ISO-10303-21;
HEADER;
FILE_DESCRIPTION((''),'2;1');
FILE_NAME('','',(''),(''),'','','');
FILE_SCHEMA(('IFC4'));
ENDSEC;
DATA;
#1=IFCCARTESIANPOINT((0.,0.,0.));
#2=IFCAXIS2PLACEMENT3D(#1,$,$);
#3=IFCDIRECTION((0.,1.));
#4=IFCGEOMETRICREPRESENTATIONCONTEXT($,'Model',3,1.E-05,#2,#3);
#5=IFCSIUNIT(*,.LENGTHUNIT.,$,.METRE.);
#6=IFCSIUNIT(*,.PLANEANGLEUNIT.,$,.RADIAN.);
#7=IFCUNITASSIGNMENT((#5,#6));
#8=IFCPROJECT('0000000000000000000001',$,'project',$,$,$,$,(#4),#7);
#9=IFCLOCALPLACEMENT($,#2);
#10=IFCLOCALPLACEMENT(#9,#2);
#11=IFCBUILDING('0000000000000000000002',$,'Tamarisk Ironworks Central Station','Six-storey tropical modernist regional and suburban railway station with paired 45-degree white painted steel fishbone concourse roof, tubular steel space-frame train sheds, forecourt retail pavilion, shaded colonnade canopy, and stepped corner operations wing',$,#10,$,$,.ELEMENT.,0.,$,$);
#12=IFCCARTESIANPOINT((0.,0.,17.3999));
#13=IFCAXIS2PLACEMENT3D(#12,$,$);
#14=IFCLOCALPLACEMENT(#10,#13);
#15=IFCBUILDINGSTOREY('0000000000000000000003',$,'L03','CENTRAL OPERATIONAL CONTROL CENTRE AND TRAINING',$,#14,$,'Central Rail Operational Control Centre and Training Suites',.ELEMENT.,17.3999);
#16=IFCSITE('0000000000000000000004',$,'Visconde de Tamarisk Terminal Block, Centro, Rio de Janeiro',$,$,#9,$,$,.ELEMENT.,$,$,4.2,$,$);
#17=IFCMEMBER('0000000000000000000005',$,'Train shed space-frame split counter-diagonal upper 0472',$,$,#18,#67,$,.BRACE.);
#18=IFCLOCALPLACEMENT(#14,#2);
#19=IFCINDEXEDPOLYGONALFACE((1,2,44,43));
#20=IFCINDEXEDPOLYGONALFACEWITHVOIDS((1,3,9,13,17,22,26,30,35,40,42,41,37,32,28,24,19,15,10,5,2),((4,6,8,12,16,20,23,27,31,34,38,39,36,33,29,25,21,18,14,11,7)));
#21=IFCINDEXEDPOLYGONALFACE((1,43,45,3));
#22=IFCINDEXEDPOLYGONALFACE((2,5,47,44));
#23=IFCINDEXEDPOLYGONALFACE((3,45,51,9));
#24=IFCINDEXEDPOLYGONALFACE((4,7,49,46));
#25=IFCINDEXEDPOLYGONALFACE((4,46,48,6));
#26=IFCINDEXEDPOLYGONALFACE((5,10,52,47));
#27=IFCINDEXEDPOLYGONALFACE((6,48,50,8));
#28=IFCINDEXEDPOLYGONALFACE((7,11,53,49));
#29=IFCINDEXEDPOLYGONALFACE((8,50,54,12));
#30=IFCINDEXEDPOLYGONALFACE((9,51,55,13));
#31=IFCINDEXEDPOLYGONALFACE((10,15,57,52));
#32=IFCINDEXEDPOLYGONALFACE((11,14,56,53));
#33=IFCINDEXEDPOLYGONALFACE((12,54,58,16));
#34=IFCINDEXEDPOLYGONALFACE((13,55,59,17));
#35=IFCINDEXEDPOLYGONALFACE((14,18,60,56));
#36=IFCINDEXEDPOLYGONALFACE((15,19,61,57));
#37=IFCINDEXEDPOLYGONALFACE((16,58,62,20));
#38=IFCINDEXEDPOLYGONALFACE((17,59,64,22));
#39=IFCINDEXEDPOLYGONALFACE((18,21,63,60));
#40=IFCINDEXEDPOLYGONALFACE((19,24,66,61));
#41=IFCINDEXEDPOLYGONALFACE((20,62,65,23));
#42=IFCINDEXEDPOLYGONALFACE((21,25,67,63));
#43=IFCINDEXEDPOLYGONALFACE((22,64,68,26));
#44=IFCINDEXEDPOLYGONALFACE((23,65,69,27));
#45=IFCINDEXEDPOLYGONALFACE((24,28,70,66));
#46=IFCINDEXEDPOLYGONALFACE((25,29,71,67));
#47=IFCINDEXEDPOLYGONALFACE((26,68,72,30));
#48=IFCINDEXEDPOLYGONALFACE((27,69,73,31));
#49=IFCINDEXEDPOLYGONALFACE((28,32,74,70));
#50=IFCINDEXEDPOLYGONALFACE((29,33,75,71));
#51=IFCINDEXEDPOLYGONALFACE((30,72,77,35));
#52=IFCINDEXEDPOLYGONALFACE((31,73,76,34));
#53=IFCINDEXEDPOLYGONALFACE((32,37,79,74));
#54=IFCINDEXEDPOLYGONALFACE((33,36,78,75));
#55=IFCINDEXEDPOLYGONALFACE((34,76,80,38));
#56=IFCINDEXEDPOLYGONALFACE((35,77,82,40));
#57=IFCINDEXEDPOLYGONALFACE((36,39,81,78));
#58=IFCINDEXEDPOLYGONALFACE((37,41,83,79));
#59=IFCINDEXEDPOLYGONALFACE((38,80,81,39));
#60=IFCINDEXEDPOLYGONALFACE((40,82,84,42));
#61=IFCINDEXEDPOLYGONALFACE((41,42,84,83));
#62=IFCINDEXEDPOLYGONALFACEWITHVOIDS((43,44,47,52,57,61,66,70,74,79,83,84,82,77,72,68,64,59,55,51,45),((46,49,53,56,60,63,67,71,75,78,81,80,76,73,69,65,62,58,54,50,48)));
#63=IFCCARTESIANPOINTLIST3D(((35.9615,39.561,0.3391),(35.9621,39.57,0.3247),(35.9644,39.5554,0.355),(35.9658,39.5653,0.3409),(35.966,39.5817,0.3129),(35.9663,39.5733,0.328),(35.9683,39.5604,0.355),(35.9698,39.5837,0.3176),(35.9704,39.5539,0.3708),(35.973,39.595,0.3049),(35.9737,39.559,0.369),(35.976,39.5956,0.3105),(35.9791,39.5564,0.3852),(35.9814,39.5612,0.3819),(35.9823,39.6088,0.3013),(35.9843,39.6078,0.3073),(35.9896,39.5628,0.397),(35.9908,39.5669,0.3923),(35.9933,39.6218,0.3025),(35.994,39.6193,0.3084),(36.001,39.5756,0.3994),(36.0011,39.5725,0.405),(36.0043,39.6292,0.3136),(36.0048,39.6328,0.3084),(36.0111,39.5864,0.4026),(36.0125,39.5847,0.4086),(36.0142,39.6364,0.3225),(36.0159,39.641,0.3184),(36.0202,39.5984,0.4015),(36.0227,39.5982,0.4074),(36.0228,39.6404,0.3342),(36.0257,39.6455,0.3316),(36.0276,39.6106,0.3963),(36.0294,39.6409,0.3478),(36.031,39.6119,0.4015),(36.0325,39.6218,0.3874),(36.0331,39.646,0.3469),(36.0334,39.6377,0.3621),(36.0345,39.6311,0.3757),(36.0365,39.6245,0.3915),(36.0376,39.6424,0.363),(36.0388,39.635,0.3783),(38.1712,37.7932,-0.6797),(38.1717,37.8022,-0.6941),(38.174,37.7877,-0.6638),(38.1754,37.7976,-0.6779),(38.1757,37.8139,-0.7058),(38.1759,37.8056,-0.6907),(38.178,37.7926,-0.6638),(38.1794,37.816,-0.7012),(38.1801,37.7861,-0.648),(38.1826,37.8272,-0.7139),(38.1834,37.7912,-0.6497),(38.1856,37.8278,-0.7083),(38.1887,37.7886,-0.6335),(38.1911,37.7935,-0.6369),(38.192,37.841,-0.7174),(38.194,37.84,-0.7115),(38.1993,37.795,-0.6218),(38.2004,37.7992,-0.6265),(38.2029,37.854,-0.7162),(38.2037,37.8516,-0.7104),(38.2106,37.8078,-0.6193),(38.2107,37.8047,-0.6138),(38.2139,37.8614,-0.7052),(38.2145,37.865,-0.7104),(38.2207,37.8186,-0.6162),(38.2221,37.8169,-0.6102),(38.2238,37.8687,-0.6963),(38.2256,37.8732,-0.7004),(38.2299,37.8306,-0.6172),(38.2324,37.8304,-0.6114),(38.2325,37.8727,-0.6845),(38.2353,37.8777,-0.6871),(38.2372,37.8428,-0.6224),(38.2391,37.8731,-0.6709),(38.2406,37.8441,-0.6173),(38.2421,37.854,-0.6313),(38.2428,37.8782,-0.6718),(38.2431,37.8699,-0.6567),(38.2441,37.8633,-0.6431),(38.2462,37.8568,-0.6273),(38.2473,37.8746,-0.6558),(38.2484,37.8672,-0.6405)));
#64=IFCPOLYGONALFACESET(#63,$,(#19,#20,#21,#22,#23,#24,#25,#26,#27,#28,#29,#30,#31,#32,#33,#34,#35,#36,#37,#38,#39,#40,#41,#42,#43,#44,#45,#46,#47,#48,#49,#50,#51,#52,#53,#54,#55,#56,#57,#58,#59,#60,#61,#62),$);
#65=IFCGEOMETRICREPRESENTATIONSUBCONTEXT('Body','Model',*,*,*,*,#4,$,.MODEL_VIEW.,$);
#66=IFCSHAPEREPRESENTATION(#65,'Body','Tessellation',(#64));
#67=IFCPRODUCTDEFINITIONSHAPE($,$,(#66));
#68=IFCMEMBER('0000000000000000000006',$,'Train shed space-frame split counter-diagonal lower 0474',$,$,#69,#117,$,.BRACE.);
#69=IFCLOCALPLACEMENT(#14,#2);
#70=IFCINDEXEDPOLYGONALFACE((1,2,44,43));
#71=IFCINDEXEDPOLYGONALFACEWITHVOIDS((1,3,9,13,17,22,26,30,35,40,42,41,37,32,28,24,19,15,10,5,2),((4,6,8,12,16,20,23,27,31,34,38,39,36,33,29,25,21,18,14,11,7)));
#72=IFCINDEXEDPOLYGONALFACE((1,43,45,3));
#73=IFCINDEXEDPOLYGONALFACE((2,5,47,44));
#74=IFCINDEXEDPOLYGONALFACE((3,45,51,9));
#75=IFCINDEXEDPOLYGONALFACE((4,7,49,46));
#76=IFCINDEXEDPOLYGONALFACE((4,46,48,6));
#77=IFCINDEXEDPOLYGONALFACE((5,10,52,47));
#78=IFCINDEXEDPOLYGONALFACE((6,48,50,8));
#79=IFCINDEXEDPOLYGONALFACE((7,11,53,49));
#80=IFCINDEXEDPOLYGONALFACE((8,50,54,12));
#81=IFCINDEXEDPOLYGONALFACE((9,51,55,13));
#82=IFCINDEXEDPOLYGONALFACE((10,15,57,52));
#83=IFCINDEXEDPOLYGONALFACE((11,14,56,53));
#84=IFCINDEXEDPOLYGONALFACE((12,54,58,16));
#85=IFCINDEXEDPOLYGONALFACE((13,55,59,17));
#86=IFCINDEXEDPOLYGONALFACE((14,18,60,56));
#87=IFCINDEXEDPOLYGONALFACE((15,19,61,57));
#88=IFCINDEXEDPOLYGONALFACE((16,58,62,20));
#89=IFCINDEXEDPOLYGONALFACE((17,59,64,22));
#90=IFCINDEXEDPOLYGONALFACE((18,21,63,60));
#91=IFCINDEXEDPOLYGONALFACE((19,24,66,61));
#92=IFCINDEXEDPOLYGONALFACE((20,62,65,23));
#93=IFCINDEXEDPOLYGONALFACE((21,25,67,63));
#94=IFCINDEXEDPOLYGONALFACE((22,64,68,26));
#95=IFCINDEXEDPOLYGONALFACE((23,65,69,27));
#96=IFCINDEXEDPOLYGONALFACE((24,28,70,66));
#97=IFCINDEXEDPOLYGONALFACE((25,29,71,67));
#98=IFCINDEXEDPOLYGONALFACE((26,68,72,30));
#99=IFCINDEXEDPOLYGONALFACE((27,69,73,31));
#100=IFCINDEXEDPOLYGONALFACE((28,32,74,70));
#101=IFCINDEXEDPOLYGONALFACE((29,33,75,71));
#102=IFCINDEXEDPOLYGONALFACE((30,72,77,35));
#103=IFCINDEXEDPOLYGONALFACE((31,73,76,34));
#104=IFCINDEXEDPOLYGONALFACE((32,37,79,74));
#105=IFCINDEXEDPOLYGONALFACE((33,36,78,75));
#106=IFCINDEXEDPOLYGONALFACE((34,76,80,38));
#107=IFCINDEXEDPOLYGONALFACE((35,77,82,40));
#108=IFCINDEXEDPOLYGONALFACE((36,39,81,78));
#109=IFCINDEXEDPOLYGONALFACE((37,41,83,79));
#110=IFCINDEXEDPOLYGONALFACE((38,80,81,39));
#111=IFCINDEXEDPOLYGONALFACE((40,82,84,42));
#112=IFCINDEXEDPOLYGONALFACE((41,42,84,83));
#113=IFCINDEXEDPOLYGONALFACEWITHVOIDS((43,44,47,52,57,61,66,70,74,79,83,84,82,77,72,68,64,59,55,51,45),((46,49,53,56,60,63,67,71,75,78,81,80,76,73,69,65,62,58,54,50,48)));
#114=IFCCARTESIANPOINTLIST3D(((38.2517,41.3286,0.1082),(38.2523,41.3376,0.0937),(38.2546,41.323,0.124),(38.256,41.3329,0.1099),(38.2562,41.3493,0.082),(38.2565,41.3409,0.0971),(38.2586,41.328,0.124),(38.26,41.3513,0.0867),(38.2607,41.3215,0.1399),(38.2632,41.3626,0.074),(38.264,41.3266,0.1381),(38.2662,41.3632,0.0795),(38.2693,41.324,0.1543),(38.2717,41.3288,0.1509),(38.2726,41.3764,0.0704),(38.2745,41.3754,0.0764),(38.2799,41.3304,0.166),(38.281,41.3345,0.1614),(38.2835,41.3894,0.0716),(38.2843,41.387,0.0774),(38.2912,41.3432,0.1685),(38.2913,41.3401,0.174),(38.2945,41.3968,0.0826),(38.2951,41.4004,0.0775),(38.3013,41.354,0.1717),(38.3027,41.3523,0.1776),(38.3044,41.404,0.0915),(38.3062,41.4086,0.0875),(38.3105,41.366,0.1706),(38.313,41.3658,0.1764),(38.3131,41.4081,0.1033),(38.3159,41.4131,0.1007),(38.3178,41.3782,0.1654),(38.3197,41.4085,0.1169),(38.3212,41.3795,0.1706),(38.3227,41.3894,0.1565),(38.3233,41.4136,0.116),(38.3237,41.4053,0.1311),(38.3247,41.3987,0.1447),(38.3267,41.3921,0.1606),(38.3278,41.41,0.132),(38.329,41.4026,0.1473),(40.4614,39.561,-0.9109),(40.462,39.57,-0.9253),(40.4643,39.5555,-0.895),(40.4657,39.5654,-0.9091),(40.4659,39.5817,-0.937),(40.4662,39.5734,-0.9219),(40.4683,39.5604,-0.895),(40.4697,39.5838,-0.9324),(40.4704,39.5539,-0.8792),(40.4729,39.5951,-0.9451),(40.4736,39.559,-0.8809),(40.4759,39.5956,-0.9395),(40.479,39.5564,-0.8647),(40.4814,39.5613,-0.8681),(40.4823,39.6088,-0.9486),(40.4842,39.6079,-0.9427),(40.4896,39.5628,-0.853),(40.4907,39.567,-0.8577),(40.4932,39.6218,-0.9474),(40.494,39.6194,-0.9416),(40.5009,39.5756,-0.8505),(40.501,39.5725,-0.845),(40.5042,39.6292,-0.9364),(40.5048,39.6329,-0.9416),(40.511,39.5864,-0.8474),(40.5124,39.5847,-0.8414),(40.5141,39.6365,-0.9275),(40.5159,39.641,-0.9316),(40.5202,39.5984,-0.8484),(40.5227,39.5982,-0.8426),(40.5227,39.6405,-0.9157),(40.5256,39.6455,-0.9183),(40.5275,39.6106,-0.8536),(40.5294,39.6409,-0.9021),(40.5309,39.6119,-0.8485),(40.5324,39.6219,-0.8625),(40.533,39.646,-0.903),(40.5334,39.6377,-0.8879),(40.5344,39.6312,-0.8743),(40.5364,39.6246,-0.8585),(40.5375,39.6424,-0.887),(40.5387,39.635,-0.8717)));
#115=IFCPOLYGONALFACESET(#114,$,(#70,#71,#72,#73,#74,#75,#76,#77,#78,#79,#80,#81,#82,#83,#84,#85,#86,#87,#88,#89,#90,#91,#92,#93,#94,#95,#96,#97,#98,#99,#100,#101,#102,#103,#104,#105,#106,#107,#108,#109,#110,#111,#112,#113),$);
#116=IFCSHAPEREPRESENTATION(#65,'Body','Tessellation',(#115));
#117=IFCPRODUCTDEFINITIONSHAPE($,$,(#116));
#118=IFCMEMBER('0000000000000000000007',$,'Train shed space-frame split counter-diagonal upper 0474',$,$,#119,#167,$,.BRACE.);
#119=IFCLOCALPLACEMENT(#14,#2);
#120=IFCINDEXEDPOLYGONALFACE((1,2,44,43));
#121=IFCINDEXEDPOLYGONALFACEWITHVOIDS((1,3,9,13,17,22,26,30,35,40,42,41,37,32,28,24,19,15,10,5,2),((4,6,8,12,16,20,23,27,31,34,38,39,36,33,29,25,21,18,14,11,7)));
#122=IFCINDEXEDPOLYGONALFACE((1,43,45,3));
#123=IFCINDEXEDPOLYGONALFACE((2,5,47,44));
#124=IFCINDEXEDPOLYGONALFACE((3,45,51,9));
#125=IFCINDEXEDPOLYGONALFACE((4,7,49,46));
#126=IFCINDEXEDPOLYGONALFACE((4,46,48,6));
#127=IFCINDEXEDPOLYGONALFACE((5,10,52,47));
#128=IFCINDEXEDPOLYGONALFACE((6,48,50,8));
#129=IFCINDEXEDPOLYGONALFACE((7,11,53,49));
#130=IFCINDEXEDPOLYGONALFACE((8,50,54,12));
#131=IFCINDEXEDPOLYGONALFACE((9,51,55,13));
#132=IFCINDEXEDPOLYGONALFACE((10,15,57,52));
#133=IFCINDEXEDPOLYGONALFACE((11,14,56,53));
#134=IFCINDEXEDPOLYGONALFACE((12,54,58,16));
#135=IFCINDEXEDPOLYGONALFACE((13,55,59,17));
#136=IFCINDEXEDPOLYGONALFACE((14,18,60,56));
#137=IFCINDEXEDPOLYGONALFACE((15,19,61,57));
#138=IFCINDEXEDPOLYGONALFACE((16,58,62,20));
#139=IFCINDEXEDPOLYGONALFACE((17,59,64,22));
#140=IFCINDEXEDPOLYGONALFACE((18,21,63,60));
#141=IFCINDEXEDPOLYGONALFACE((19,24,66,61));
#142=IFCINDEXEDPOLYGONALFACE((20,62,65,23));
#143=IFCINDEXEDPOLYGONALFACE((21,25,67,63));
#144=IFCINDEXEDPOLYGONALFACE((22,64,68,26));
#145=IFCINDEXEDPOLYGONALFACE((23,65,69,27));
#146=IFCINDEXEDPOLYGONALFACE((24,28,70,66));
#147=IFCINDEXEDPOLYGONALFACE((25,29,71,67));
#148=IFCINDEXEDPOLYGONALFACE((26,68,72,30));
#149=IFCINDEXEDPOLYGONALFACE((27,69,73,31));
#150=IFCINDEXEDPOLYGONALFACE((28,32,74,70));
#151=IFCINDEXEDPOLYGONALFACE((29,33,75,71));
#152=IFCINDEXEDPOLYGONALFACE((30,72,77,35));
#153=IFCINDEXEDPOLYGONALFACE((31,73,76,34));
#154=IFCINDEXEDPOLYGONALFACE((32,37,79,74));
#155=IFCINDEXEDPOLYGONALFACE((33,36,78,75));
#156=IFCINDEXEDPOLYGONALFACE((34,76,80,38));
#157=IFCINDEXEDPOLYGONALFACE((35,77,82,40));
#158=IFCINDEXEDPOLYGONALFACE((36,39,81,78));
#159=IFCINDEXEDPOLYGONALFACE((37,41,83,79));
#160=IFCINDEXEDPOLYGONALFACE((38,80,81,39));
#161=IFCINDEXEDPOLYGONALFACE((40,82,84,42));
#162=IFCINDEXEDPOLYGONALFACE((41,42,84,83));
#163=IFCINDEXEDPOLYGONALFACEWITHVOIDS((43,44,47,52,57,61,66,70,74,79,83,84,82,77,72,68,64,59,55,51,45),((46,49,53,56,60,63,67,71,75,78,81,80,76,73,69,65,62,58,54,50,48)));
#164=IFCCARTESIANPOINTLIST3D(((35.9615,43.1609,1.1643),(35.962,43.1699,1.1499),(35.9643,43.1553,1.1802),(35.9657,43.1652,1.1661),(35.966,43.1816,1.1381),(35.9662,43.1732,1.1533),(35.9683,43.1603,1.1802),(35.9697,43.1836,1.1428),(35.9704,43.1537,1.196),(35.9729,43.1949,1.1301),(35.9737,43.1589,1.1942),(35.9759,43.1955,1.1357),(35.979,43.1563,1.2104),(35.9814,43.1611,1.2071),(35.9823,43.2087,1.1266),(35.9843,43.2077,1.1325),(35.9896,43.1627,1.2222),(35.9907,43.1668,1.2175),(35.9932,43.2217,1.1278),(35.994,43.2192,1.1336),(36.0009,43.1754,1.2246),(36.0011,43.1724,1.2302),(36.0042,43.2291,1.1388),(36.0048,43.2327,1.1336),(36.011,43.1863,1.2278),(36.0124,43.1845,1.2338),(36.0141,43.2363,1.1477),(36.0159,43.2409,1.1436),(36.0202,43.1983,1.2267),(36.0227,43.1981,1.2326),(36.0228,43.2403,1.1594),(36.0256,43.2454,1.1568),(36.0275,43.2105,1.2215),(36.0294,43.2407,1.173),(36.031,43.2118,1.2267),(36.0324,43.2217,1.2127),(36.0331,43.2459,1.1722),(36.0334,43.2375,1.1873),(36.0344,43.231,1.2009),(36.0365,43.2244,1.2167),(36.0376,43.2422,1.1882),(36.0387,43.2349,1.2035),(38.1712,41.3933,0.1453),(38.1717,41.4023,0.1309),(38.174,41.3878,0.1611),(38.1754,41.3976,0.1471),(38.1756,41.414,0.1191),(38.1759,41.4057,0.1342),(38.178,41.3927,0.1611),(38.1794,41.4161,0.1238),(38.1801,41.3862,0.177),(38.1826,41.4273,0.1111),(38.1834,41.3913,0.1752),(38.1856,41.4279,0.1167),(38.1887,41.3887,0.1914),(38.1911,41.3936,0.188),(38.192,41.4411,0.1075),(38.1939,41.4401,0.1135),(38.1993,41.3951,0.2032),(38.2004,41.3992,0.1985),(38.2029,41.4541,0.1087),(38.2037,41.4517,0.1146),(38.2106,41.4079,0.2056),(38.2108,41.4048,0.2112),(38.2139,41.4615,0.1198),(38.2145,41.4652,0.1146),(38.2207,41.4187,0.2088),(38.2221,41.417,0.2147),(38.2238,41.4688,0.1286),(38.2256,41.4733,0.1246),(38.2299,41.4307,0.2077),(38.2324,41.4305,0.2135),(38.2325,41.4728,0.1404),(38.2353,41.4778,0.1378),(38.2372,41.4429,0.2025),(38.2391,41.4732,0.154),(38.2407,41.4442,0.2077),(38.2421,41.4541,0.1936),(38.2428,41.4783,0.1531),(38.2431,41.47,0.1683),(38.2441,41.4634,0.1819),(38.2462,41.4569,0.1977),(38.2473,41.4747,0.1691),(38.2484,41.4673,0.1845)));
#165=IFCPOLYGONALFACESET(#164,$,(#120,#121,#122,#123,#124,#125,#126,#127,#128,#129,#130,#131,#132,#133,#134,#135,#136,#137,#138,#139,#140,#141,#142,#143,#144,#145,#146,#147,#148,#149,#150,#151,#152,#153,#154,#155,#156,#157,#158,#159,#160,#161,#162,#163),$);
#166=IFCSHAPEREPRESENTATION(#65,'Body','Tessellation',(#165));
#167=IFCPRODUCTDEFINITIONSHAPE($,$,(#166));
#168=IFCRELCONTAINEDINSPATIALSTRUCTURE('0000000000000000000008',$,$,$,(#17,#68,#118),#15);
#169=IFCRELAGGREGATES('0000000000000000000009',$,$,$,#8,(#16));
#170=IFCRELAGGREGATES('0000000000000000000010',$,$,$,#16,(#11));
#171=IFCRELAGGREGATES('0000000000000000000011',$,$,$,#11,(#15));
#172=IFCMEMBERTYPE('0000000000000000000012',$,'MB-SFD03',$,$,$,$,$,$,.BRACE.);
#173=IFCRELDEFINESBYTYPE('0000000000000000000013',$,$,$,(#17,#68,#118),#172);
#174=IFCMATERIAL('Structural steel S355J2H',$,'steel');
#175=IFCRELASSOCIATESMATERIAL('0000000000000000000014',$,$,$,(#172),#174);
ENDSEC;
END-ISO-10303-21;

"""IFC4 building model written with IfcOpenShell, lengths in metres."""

from ifc_helpers import new_model, si_unit, direction, frame, origin, origin_2d, place, context, subcontext, project, spatial, hollow_circle, extrude, material, material_profile, profile_set, type_object, element, save


model = new_model("IFC4")

# Units and contexts
model_context = context("Model", 3, precision=1e-05, world=origin(), true_north=direction((0.0, 1.0)))
body_context = subcontext(model_context, "Body", "Model", "MODEL_VIEW")
ifc_project = project(units=[si_unit("LENGTHUNIT", "METRE"), si_unit("PLANEANGLEUNIT", "RADIAN")], contexts=[model_context])

# Site, building, storey
site_placement = place(None, origin())
site = spatial("IfcSite", under=ifc_project, at=site_placement, Name="Visconde de Tamarisk Terminal Block, Centro, Rio de Janeiro", CompositionType="ELEMENT", RefElevation=4.2)
building_placement = place(site_placement, origin())
building = spatial("IfcBuilding", under=site, at=building_placement, Name="Tamarisk Ironworks Central Station", Description="Six-storey tropical modernist regional and suburban railway station with paired 45-degree white painted steel fishbone concourse roof, tubular steel space-frame train sheds, forecourt retail pavilion, shaded colonnade canopy, and stepped corner operations wing", CompositionType="ELEMENT", ElevationOfRefHeight=0.0)
storey_placement = place(building_placement, frame((0.0, 0.0, 17.3999)))
storey = spatial("IfcBuildingStorey", under=building, at=storey_placement, Name="L03", Description="CENTRAL OPERATIONAL CONTROL CENTRE AND TRAINING", LongName="Central Rail Operational Control Centre and Training Suites", CompositionType="ELEMENT", Elevation=17.3999)

# Members
ifc_material = material(Name="Structural steel S355J2H", Category="steel")
ifc_material_profile_1 = material_profile(ifc_material, hollow_circle(Radius=0.0571, WallThickness=0.0063, at=origin_2d()), Name="CHS 114.3x6.3")
ifc_profile_set_1 = profile_set([ifc_material_profile_1], Name="Structural steel S355J2H")
member_type_1 = type_object("IfcMemberType", Name="MB-SFD03", PredefinedType="BRACE", material=ifc_profile_set_1)
for number, where, z_axis, x_axis, name in (
    (1, (38.2097, 37.8323, -0.6638), (-0.734697, 0.587774, 0.338735), (-0.624706, -0.78086, 0.0), "Train shed space-frame split counter-diagonal upper 0472"),
    (2, (40.5, 39.6001, -0.895), (-0.734712, 0.587705, 0.338823), (-0.624653, -0.780902, 0.0), "Train shed space-frame split counter-diagonal lower 0474"),
    (3, (38.2097, 41.4324, 0.1611), (-0.734712, 0.587705, 0.338823), (-0.624653, -0.780902, 0.0), "Train shed space-frame split counter-diagonal upper 0474"),
):
    element("IfcMember", number, at=place(storey_placement, frame(where, z_axis=z_axis, x_axis=x_axis)), inside=storey, type_object=member_type_1, Name=name, PredefinedType="BRACE", context=body_context, shape_type="SweptSolid", body=[
        extrude(hollow_circle(Radius=0.0571, WallThickness=0.0063, at=origin_2d()), origin(), (0.0, 0.0, 1.0), 3.0076),
    ])

save(model, "model.ifc")
